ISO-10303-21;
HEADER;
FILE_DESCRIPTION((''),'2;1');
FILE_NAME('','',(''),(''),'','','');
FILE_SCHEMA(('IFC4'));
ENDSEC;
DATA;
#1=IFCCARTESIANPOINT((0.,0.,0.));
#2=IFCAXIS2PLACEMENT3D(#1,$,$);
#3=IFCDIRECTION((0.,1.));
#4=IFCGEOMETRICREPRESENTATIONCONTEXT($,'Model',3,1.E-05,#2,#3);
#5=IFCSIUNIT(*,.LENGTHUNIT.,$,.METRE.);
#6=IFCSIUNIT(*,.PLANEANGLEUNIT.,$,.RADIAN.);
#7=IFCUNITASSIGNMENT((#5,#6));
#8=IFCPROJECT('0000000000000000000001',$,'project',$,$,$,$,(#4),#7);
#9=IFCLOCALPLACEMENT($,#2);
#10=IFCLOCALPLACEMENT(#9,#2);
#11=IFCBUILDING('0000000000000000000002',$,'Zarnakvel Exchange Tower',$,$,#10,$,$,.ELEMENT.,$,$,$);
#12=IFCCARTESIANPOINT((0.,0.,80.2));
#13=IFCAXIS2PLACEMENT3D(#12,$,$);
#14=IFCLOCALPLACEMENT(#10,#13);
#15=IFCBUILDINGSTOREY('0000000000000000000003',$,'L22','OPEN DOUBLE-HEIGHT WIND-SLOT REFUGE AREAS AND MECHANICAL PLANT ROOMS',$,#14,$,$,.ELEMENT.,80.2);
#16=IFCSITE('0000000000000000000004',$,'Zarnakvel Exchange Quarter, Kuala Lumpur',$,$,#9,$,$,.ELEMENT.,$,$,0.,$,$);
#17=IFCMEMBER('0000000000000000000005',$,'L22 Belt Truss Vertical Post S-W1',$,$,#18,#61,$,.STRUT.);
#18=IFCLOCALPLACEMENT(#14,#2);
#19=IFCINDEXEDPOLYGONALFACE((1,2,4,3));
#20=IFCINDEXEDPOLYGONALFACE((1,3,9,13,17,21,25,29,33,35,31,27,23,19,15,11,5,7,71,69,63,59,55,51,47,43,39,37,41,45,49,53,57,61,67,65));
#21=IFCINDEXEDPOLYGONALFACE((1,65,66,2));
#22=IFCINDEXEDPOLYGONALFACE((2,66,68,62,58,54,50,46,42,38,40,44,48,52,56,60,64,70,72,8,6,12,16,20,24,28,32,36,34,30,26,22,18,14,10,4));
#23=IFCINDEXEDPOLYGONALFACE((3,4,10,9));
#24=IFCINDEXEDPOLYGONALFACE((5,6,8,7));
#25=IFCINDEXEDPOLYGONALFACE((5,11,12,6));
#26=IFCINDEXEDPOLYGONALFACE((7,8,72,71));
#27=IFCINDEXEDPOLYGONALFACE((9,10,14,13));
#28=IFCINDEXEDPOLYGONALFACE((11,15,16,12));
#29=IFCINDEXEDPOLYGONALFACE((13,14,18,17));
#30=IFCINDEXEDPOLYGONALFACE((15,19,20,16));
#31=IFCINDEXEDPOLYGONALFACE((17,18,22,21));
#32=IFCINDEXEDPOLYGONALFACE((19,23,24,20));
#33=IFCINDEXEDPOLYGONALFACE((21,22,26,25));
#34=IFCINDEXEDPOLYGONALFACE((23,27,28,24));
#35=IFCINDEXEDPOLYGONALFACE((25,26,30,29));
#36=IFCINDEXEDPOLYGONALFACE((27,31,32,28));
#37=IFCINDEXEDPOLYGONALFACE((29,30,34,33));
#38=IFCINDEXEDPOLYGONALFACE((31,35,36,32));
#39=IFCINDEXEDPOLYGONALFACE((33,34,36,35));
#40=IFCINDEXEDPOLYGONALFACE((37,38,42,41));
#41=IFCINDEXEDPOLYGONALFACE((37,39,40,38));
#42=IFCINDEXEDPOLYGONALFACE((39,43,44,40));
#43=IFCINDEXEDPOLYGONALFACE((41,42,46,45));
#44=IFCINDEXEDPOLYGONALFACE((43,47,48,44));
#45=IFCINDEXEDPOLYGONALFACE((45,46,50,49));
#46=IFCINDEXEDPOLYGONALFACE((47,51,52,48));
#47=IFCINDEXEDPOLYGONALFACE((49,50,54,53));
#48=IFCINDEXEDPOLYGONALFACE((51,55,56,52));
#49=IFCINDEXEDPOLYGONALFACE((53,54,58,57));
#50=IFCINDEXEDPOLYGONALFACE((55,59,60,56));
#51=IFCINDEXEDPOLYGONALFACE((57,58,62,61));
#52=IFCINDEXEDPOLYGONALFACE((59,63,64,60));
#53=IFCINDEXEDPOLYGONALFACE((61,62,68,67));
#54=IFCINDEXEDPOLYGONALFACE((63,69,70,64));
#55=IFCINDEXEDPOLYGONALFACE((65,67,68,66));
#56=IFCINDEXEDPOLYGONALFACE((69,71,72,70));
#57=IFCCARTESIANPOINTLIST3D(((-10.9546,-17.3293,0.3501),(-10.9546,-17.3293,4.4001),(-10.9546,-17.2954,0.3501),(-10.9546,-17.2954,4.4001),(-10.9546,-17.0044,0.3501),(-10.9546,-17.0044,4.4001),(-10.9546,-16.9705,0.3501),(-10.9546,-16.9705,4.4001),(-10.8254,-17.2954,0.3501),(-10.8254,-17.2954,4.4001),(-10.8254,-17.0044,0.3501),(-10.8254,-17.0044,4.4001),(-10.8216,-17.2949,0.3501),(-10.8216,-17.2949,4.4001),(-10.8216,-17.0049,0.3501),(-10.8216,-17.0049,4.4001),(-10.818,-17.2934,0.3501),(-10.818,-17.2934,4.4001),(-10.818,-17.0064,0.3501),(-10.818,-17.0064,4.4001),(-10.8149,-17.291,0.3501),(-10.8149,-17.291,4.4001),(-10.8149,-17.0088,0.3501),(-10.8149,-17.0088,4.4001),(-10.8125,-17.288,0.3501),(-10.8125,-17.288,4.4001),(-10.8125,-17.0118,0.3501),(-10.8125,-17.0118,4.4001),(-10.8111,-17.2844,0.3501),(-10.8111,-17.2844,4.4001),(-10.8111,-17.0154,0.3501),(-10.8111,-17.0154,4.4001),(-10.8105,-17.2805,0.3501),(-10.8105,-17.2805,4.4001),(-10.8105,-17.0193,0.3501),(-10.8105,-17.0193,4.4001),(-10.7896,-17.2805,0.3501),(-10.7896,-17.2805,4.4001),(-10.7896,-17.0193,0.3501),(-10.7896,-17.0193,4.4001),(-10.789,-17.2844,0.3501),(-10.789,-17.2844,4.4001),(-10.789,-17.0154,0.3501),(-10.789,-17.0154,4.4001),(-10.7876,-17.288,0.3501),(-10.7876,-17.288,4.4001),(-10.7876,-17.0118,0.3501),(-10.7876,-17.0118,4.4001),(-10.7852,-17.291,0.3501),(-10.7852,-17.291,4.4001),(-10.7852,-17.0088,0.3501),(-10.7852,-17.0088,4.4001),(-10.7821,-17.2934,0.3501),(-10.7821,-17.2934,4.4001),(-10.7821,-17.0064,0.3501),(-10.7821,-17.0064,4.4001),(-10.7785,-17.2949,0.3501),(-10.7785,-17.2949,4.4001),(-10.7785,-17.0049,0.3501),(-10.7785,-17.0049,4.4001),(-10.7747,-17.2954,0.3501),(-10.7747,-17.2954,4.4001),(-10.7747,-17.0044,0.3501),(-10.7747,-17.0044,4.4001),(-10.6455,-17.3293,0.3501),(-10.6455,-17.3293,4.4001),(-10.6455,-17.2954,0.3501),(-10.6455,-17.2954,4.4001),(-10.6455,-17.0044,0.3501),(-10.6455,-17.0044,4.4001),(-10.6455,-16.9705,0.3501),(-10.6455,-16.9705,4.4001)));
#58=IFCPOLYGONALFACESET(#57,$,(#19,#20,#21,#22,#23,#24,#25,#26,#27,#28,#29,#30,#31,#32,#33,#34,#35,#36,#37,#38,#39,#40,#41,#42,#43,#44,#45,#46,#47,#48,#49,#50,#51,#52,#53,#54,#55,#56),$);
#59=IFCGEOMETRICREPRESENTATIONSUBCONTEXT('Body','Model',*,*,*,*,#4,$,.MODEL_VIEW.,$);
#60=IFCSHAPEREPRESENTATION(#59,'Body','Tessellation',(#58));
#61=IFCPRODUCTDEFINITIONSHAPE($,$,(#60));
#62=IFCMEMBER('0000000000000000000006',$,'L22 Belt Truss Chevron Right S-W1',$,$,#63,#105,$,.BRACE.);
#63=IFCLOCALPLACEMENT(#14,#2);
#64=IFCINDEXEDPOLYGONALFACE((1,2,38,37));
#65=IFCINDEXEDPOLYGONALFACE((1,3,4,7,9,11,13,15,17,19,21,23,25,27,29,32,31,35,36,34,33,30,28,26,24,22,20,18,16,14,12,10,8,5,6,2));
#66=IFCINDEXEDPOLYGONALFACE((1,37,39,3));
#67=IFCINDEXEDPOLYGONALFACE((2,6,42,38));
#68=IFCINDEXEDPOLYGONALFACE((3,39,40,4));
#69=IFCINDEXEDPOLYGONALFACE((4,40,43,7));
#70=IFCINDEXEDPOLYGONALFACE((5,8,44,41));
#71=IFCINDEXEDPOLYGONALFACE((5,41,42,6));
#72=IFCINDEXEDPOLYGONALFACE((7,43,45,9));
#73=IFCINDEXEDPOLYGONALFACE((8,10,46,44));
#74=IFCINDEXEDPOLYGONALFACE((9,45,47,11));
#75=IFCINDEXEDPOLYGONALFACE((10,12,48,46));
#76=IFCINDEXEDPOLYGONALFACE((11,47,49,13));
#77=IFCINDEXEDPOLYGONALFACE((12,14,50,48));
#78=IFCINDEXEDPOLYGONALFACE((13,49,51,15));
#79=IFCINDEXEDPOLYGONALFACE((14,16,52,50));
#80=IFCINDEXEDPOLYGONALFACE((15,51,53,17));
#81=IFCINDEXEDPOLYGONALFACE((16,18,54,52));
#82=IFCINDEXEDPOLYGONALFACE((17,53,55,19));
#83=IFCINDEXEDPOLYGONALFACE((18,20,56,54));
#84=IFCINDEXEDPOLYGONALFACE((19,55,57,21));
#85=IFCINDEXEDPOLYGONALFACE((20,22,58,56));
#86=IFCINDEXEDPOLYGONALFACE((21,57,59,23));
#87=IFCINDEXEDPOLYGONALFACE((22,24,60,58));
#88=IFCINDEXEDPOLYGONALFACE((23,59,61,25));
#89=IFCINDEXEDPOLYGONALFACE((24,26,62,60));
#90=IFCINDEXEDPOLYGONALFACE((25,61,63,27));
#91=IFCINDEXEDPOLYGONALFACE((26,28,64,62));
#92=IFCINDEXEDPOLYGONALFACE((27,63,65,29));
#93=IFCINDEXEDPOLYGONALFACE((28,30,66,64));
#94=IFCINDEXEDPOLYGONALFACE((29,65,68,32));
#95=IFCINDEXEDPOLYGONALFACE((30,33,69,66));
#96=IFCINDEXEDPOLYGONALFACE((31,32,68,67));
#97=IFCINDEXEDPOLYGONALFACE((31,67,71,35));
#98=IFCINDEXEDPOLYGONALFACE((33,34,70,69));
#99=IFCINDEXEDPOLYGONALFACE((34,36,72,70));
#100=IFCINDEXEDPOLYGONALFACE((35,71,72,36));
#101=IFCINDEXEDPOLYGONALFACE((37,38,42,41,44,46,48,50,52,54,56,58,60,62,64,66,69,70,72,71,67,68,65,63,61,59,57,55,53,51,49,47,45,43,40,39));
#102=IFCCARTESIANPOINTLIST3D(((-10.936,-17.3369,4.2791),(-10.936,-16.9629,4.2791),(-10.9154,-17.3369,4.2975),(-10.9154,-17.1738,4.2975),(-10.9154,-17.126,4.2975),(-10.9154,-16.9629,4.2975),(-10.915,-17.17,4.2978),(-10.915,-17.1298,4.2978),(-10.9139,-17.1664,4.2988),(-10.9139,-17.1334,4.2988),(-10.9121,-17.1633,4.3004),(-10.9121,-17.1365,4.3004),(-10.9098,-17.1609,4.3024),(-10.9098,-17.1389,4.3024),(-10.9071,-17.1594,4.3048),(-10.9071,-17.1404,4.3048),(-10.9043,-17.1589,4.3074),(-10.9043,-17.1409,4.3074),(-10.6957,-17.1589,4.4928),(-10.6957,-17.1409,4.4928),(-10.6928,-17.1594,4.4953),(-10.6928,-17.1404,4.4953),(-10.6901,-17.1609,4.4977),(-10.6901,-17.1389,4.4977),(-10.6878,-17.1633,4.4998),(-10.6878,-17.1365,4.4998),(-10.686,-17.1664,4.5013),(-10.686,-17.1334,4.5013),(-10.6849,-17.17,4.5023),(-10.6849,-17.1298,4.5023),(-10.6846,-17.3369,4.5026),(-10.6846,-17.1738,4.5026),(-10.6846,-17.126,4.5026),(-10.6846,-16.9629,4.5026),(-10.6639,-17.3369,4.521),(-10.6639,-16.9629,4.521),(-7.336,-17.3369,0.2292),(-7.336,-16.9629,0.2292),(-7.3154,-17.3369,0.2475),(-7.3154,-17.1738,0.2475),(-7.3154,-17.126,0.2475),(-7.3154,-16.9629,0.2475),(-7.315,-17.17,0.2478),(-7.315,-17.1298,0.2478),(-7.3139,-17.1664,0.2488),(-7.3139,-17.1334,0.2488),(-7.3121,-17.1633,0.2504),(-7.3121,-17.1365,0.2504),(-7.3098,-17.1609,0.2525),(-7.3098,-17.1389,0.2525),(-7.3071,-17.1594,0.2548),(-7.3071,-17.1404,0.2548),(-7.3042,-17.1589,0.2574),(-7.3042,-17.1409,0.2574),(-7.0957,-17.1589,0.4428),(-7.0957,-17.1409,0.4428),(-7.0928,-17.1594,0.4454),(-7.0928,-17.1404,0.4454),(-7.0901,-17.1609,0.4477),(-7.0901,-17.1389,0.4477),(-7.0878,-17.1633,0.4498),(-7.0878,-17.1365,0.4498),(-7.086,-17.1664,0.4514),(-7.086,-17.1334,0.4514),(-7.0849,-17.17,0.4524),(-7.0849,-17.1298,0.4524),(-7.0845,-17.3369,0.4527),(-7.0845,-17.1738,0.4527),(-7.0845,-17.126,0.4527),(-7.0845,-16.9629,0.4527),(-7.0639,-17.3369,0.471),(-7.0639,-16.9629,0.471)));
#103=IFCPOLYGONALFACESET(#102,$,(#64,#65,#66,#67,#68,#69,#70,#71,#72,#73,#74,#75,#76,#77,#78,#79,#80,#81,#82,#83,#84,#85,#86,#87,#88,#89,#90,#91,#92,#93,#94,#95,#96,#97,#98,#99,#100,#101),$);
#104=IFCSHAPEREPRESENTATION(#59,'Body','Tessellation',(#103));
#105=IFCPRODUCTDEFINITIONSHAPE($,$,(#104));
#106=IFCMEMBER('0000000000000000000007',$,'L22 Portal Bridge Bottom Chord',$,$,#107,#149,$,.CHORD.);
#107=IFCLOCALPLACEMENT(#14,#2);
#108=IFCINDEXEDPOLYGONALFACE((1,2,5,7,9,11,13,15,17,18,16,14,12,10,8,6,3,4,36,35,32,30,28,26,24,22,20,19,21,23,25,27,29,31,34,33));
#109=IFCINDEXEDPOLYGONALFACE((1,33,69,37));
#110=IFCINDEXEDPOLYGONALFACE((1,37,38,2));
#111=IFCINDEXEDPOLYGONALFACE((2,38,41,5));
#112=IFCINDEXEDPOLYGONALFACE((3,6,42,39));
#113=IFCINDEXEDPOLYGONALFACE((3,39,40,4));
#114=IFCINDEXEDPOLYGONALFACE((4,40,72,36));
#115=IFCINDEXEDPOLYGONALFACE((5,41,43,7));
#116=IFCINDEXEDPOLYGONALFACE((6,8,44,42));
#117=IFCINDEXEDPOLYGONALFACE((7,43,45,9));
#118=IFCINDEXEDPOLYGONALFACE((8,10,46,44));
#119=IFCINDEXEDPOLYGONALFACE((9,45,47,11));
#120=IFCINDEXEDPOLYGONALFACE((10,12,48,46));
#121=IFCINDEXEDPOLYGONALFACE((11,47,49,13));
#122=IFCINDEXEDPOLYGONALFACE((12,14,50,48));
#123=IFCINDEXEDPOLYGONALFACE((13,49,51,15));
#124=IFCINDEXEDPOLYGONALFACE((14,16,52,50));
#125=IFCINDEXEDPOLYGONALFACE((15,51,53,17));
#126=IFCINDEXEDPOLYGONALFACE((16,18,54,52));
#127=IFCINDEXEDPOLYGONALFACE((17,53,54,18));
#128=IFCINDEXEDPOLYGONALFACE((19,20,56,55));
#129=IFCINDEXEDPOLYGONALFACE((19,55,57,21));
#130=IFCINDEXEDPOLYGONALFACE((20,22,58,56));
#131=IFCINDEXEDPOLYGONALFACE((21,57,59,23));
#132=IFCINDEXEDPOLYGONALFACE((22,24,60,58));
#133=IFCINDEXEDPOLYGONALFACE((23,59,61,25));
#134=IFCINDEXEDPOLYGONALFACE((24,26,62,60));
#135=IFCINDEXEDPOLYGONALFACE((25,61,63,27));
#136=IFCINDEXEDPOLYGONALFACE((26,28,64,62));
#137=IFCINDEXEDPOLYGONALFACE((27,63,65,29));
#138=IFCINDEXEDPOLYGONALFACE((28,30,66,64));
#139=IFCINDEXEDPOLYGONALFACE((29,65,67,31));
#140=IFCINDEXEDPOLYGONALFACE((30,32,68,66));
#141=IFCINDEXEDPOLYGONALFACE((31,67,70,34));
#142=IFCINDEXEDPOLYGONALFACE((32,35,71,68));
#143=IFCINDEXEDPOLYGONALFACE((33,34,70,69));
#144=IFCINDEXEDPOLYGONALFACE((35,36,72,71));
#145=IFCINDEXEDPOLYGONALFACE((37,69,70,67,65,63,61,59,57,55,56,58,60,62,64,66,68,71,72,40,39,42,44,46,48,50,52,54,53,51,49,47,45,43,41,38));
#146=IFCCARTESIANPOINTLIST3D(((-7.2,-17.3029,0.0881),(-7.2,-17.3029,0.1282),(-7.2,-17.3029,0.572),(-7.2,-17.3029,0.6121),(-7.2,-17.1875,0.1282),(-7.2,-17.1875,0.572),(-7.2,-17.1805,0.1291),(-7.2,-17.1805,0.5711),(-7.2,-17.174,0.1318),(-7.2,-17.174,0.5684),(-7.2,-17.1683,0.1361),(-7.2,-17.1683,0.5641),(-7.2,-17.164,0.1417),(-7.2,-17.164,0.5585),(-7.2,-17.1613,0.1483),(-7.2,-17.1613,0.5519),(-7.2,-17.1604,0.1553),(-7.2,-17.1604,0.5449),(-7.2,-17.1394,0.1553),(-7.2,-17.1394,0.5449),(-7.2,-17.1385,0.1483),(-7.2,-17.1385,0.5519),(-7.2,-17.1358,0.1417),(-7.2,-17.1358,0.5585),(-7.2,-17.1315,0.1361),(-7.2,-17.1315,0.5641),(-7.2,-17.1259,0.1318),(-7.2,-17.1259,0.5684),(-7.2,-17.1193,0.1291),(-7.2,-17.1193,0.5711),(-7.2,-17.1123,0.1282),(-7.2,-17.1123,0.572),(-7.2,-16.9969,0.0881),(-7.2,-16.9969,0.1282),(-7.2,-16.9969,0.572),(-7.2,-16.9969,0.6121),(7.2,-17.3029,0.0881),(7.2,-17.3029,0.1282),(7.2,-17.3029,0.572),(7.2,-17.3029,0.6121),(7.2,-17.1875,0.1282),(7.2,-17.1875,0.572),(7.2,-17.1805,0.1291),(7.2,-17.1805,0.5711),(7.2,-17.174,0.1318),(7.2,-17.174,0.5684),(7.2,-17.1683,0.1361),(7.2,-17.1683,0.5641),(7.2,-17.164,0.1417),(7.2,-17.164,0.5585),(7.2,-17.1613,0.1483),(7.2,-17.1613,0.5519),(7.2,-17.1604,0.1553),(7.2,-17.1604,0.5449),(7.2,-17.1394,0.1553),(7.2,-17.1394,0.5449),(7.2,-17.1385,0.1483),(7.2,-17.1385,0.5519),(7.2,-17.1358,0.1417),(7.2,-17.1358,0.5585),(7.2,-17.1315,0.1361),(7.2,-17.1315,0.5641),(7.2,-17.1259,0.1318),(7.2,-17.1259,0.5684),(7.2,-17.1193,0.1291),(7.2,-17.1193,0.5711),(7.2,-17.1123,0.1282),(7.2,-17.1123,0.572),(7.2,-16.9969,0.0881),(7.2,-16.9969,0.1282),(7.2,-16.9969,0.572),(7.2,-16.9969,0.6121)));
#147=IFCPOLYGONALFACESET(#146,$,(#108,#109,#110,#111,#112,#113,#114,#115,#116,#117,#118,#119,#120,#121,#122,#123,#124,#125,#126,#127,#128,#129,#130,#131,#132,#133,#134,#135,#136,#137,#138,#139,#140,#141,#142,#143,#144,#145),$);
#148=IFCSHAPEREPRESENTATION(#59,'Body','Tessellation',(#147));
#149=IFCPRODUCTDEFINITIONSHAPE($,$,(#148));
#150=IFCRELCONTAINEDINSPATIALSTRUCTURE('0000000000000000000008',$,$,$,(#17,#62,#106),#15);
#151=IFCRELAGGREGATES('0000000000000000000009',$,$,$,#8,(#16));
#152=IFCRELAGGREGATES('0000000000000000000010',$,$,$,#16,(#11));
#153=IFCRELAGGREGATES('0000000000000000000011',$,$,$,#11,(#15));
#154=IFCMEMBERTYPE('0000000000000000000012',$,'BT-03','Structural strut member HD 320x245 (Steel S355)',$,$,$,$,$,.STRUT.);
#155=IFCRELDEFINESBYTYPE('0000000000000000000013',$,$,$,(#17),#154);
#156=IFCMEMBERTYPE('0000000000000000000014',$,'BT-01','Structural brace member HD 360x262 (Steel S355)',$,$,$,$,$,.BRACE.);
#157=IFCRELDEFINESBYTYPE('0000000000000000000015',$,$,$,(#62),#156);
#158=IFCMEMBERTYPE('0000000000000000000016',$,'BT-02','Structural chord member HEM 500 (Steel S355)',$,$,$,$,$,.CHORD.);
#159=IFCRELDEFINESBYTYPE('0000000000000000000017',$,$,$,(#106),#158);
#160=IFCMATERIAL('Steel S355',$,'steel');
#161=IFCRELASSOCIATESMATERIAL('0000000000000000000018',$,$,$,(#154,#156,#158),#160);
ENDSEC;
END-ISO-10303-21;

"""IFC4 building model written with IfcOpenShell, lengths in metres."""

from ifc_helpers import new_model, si_unit, direction, frame, origin, origin_2d, place, context, subcontext, project, spatial, i_section, extrude, source, transform, mapped, material, material_profile, profile_set, type_object, element, save


model = new_model("IFC4")

# Units and contexts
model_context = context("Model", 3, precision=1e-05, world=origin(), true_north=direction((0.0, 1.0)))
body_context = subcontext(model_context, "Body", "Model", "MODEL_VIEW")
ifc_project = project(units=[si_unit("LENGTHUNIT", "METRE"), si_unit("PLANEANGLEUNIT", "RADIAN")], contexts=[model_context])

# Site, building, storey
site_placement = place(None, origin())
site = spatial("IfcSite", under=ifc_project, at=site_placement, Name="Zarnakvel Exchange Quarter, Kuala Lumpur", CompositionType="ELEMENT", RefElevation=0.0)
building_placement = place(site_placement, origin())
building = spatial("IfcBuilding", under=site, at=building_placement, Name="Zarnakvel Exchange Tower", CompositionType="ELEMENT")
storey_placement = place(building_placement, frame((0.0, 0.0, 80.2)))
storey = spatial("IfcBuildingStorey", under=building, at=storey_placement, Name="L22", Description="OPEN DOUBLE-HEIGHT WIND-SLOT REFUGE AREAS AND MECHANICAL PLANT ROOMS", CompositionType="ELEMENT", Elevation=80.2)

# Shared definitions
ifc_material_1 = material(Name="Steel S355", Category="steel")

# Members
ifc_material_profile_1 = material_profile(ifc_material_1, i_section(OverallWidth=0.3091, OverallDepth=0.3589, WebThickness=0.021, FlangeThickness=0.0339, FilletRadius=0.0149, at=origin_2d()))
ifc_profile_set_1 = profile_set([ifc_material_profile_1], Name="Steel S355")
member_type_1 = type_object("IfcMemberType", Name="BT-03", Description="Structural strut member HD 320x245 (Steel S355)", PredefinedType="STRUT", material=ifc_profile_set_1)
shared_shape_1 = source(origin(), body_context, "Body", "SweptSolid", [
    extrude(i_section(OverallWidth=0.3091, OverallDepth=0.3589, WebThickness=0.021, FlangeThickness=0.0339, FilletRadius=0.0149, at=origin_2d()), origin(), (0.0, 0.0, 1.0), 4.05),
])
member_1_placement = place(storey_placement, frame((-10.8, -17.1499, 0.3501), z_axis=(0.0, 0.0, 1.0), x_axis=(1.0, 0.0, 0.0)))
element("IfcMember", 1, at=member_1_placement, inside=storey, type_object=member_type_1, Name="L22 Belt Truss Vertical Post S-W1", PredefinedType="STRUT", context=body_context, shape_type="MappedRepresentation", body=[
    mapped(shared_shape_1, transform((0.0, 0.0, 0.0), x_axis=(1.0, 0.0, 0.0), y_axis=(0.0, 1.0, 0.0), z_axis=(0.0, 0.0, 1.0), scale=1.0)),
])
ifc_material_profile_2 = material_profile(ifc_material_1, i_section(OverallWidth=0.374, OverallDepth=0.364, WebThickness=0.0181, FlangeThickness=0.0276, FilletRadius=0.0149, at=origin_2d()))
ifc_profile_set_2 = profile_set([ifc_material_profile_2], Name="Steel S355")
member_type_2 = type_object("IfcMemberType", Name="BT-01", Description="Structural brace member HD 360x262 (Steel S355)", PredefinedType="BRACE", material=ifc_profile_set_2)
shared_shape_2 = source(origin(), body_context, "Body", "SweptSolid", [
    extrude(i_section(OverallWidth=0.374, OverallDepth=0.364, WebThickness=0.0181, FlangeThickness=0.0276, FilletRadius=0.0149, at=origin_2d()), origin(), (0.0, 0.0, 1.0), 5.4187),
])
member_2_placement = place(storey_placement, frame((-7.2, -17.1499, 0.3501), z_axis=(-0.664369, 0.0, 0.747404), x_axis=(0.0, -1.0, 0.0)))
element("IfcMember", 2, at=member_2_placement, inside=storey, type_object=member_type_2, Name="L22 Belt Truss Chevron Right S-W1", PredefinedType="BRACE", context=body_context, shape_type="MappedRepresentation", body=[
    mapped(shared_shape_2, transform((0.0, 0.0, 0.0), x_axis=(1.0, 0.0, 0.0), y_axis=(0.0, 1.0, 0.0), z_axis=(0.0, 0.0, 1.0), scale=1.0)),
])
ifc_material_profile_3 = material_profile(ifc_material_1, i_section(OverallWidth=0.3059, OverallDepth=0.5239, WebThickness=0.021, FlangeThickness=0.04, FilletRadius=0.0271, at=origin_2d()))
ifc_profile_set_3 = profile_set([ifc_material_profile_3], Name="Steel S355")
member_type_3 = type_object("IfcMemberType", Name="BT-02", Description="Structural chord member HEM 500 (Steel S355)", PredefinedType="CHORD", material=ifc_profile_set_3)
shared_shape_3 = source(origin(), body_context, "Body", "SweptSolid", [
    extrude(i_section(OverallWidth=0.3059, OverallDepth=0.5239, WebThickness=0.021, FlangeThickness=0.04, FilletRadius=0.0271, at=origin_2d()), origin(), (0.0, 0.0, 1.0), 14.3999),
])
for number, where, z_axis, x_axis, name in (
    (3, (-7.2, -17.1499, 0.3501), (1.0, 0.0, 0.0), (0.0, 1.0, 0.0), "L22 Portal Bridge Bottom Chord"),
):
    element("IfcMember", number, at=place(storey_placement, frame(where, z_axis=z_axis, x_axis=x_axis)), inside=storey, type_object=member_type_3, Name=name, PredefinedType="CHORD", context=body_context, shape_type="MappedRepresentation", body=[
        mapped(shared_shape_3, transform((0.0, 0.0, 0.0), x_axis=(1.0, 0.0, 0.0), y_axis=(0.0, 1.0, 0.0), z_axis=(0.0, 0.0, 1.0), scale=1.0)),
    ])

save(model, "model.ifc")
